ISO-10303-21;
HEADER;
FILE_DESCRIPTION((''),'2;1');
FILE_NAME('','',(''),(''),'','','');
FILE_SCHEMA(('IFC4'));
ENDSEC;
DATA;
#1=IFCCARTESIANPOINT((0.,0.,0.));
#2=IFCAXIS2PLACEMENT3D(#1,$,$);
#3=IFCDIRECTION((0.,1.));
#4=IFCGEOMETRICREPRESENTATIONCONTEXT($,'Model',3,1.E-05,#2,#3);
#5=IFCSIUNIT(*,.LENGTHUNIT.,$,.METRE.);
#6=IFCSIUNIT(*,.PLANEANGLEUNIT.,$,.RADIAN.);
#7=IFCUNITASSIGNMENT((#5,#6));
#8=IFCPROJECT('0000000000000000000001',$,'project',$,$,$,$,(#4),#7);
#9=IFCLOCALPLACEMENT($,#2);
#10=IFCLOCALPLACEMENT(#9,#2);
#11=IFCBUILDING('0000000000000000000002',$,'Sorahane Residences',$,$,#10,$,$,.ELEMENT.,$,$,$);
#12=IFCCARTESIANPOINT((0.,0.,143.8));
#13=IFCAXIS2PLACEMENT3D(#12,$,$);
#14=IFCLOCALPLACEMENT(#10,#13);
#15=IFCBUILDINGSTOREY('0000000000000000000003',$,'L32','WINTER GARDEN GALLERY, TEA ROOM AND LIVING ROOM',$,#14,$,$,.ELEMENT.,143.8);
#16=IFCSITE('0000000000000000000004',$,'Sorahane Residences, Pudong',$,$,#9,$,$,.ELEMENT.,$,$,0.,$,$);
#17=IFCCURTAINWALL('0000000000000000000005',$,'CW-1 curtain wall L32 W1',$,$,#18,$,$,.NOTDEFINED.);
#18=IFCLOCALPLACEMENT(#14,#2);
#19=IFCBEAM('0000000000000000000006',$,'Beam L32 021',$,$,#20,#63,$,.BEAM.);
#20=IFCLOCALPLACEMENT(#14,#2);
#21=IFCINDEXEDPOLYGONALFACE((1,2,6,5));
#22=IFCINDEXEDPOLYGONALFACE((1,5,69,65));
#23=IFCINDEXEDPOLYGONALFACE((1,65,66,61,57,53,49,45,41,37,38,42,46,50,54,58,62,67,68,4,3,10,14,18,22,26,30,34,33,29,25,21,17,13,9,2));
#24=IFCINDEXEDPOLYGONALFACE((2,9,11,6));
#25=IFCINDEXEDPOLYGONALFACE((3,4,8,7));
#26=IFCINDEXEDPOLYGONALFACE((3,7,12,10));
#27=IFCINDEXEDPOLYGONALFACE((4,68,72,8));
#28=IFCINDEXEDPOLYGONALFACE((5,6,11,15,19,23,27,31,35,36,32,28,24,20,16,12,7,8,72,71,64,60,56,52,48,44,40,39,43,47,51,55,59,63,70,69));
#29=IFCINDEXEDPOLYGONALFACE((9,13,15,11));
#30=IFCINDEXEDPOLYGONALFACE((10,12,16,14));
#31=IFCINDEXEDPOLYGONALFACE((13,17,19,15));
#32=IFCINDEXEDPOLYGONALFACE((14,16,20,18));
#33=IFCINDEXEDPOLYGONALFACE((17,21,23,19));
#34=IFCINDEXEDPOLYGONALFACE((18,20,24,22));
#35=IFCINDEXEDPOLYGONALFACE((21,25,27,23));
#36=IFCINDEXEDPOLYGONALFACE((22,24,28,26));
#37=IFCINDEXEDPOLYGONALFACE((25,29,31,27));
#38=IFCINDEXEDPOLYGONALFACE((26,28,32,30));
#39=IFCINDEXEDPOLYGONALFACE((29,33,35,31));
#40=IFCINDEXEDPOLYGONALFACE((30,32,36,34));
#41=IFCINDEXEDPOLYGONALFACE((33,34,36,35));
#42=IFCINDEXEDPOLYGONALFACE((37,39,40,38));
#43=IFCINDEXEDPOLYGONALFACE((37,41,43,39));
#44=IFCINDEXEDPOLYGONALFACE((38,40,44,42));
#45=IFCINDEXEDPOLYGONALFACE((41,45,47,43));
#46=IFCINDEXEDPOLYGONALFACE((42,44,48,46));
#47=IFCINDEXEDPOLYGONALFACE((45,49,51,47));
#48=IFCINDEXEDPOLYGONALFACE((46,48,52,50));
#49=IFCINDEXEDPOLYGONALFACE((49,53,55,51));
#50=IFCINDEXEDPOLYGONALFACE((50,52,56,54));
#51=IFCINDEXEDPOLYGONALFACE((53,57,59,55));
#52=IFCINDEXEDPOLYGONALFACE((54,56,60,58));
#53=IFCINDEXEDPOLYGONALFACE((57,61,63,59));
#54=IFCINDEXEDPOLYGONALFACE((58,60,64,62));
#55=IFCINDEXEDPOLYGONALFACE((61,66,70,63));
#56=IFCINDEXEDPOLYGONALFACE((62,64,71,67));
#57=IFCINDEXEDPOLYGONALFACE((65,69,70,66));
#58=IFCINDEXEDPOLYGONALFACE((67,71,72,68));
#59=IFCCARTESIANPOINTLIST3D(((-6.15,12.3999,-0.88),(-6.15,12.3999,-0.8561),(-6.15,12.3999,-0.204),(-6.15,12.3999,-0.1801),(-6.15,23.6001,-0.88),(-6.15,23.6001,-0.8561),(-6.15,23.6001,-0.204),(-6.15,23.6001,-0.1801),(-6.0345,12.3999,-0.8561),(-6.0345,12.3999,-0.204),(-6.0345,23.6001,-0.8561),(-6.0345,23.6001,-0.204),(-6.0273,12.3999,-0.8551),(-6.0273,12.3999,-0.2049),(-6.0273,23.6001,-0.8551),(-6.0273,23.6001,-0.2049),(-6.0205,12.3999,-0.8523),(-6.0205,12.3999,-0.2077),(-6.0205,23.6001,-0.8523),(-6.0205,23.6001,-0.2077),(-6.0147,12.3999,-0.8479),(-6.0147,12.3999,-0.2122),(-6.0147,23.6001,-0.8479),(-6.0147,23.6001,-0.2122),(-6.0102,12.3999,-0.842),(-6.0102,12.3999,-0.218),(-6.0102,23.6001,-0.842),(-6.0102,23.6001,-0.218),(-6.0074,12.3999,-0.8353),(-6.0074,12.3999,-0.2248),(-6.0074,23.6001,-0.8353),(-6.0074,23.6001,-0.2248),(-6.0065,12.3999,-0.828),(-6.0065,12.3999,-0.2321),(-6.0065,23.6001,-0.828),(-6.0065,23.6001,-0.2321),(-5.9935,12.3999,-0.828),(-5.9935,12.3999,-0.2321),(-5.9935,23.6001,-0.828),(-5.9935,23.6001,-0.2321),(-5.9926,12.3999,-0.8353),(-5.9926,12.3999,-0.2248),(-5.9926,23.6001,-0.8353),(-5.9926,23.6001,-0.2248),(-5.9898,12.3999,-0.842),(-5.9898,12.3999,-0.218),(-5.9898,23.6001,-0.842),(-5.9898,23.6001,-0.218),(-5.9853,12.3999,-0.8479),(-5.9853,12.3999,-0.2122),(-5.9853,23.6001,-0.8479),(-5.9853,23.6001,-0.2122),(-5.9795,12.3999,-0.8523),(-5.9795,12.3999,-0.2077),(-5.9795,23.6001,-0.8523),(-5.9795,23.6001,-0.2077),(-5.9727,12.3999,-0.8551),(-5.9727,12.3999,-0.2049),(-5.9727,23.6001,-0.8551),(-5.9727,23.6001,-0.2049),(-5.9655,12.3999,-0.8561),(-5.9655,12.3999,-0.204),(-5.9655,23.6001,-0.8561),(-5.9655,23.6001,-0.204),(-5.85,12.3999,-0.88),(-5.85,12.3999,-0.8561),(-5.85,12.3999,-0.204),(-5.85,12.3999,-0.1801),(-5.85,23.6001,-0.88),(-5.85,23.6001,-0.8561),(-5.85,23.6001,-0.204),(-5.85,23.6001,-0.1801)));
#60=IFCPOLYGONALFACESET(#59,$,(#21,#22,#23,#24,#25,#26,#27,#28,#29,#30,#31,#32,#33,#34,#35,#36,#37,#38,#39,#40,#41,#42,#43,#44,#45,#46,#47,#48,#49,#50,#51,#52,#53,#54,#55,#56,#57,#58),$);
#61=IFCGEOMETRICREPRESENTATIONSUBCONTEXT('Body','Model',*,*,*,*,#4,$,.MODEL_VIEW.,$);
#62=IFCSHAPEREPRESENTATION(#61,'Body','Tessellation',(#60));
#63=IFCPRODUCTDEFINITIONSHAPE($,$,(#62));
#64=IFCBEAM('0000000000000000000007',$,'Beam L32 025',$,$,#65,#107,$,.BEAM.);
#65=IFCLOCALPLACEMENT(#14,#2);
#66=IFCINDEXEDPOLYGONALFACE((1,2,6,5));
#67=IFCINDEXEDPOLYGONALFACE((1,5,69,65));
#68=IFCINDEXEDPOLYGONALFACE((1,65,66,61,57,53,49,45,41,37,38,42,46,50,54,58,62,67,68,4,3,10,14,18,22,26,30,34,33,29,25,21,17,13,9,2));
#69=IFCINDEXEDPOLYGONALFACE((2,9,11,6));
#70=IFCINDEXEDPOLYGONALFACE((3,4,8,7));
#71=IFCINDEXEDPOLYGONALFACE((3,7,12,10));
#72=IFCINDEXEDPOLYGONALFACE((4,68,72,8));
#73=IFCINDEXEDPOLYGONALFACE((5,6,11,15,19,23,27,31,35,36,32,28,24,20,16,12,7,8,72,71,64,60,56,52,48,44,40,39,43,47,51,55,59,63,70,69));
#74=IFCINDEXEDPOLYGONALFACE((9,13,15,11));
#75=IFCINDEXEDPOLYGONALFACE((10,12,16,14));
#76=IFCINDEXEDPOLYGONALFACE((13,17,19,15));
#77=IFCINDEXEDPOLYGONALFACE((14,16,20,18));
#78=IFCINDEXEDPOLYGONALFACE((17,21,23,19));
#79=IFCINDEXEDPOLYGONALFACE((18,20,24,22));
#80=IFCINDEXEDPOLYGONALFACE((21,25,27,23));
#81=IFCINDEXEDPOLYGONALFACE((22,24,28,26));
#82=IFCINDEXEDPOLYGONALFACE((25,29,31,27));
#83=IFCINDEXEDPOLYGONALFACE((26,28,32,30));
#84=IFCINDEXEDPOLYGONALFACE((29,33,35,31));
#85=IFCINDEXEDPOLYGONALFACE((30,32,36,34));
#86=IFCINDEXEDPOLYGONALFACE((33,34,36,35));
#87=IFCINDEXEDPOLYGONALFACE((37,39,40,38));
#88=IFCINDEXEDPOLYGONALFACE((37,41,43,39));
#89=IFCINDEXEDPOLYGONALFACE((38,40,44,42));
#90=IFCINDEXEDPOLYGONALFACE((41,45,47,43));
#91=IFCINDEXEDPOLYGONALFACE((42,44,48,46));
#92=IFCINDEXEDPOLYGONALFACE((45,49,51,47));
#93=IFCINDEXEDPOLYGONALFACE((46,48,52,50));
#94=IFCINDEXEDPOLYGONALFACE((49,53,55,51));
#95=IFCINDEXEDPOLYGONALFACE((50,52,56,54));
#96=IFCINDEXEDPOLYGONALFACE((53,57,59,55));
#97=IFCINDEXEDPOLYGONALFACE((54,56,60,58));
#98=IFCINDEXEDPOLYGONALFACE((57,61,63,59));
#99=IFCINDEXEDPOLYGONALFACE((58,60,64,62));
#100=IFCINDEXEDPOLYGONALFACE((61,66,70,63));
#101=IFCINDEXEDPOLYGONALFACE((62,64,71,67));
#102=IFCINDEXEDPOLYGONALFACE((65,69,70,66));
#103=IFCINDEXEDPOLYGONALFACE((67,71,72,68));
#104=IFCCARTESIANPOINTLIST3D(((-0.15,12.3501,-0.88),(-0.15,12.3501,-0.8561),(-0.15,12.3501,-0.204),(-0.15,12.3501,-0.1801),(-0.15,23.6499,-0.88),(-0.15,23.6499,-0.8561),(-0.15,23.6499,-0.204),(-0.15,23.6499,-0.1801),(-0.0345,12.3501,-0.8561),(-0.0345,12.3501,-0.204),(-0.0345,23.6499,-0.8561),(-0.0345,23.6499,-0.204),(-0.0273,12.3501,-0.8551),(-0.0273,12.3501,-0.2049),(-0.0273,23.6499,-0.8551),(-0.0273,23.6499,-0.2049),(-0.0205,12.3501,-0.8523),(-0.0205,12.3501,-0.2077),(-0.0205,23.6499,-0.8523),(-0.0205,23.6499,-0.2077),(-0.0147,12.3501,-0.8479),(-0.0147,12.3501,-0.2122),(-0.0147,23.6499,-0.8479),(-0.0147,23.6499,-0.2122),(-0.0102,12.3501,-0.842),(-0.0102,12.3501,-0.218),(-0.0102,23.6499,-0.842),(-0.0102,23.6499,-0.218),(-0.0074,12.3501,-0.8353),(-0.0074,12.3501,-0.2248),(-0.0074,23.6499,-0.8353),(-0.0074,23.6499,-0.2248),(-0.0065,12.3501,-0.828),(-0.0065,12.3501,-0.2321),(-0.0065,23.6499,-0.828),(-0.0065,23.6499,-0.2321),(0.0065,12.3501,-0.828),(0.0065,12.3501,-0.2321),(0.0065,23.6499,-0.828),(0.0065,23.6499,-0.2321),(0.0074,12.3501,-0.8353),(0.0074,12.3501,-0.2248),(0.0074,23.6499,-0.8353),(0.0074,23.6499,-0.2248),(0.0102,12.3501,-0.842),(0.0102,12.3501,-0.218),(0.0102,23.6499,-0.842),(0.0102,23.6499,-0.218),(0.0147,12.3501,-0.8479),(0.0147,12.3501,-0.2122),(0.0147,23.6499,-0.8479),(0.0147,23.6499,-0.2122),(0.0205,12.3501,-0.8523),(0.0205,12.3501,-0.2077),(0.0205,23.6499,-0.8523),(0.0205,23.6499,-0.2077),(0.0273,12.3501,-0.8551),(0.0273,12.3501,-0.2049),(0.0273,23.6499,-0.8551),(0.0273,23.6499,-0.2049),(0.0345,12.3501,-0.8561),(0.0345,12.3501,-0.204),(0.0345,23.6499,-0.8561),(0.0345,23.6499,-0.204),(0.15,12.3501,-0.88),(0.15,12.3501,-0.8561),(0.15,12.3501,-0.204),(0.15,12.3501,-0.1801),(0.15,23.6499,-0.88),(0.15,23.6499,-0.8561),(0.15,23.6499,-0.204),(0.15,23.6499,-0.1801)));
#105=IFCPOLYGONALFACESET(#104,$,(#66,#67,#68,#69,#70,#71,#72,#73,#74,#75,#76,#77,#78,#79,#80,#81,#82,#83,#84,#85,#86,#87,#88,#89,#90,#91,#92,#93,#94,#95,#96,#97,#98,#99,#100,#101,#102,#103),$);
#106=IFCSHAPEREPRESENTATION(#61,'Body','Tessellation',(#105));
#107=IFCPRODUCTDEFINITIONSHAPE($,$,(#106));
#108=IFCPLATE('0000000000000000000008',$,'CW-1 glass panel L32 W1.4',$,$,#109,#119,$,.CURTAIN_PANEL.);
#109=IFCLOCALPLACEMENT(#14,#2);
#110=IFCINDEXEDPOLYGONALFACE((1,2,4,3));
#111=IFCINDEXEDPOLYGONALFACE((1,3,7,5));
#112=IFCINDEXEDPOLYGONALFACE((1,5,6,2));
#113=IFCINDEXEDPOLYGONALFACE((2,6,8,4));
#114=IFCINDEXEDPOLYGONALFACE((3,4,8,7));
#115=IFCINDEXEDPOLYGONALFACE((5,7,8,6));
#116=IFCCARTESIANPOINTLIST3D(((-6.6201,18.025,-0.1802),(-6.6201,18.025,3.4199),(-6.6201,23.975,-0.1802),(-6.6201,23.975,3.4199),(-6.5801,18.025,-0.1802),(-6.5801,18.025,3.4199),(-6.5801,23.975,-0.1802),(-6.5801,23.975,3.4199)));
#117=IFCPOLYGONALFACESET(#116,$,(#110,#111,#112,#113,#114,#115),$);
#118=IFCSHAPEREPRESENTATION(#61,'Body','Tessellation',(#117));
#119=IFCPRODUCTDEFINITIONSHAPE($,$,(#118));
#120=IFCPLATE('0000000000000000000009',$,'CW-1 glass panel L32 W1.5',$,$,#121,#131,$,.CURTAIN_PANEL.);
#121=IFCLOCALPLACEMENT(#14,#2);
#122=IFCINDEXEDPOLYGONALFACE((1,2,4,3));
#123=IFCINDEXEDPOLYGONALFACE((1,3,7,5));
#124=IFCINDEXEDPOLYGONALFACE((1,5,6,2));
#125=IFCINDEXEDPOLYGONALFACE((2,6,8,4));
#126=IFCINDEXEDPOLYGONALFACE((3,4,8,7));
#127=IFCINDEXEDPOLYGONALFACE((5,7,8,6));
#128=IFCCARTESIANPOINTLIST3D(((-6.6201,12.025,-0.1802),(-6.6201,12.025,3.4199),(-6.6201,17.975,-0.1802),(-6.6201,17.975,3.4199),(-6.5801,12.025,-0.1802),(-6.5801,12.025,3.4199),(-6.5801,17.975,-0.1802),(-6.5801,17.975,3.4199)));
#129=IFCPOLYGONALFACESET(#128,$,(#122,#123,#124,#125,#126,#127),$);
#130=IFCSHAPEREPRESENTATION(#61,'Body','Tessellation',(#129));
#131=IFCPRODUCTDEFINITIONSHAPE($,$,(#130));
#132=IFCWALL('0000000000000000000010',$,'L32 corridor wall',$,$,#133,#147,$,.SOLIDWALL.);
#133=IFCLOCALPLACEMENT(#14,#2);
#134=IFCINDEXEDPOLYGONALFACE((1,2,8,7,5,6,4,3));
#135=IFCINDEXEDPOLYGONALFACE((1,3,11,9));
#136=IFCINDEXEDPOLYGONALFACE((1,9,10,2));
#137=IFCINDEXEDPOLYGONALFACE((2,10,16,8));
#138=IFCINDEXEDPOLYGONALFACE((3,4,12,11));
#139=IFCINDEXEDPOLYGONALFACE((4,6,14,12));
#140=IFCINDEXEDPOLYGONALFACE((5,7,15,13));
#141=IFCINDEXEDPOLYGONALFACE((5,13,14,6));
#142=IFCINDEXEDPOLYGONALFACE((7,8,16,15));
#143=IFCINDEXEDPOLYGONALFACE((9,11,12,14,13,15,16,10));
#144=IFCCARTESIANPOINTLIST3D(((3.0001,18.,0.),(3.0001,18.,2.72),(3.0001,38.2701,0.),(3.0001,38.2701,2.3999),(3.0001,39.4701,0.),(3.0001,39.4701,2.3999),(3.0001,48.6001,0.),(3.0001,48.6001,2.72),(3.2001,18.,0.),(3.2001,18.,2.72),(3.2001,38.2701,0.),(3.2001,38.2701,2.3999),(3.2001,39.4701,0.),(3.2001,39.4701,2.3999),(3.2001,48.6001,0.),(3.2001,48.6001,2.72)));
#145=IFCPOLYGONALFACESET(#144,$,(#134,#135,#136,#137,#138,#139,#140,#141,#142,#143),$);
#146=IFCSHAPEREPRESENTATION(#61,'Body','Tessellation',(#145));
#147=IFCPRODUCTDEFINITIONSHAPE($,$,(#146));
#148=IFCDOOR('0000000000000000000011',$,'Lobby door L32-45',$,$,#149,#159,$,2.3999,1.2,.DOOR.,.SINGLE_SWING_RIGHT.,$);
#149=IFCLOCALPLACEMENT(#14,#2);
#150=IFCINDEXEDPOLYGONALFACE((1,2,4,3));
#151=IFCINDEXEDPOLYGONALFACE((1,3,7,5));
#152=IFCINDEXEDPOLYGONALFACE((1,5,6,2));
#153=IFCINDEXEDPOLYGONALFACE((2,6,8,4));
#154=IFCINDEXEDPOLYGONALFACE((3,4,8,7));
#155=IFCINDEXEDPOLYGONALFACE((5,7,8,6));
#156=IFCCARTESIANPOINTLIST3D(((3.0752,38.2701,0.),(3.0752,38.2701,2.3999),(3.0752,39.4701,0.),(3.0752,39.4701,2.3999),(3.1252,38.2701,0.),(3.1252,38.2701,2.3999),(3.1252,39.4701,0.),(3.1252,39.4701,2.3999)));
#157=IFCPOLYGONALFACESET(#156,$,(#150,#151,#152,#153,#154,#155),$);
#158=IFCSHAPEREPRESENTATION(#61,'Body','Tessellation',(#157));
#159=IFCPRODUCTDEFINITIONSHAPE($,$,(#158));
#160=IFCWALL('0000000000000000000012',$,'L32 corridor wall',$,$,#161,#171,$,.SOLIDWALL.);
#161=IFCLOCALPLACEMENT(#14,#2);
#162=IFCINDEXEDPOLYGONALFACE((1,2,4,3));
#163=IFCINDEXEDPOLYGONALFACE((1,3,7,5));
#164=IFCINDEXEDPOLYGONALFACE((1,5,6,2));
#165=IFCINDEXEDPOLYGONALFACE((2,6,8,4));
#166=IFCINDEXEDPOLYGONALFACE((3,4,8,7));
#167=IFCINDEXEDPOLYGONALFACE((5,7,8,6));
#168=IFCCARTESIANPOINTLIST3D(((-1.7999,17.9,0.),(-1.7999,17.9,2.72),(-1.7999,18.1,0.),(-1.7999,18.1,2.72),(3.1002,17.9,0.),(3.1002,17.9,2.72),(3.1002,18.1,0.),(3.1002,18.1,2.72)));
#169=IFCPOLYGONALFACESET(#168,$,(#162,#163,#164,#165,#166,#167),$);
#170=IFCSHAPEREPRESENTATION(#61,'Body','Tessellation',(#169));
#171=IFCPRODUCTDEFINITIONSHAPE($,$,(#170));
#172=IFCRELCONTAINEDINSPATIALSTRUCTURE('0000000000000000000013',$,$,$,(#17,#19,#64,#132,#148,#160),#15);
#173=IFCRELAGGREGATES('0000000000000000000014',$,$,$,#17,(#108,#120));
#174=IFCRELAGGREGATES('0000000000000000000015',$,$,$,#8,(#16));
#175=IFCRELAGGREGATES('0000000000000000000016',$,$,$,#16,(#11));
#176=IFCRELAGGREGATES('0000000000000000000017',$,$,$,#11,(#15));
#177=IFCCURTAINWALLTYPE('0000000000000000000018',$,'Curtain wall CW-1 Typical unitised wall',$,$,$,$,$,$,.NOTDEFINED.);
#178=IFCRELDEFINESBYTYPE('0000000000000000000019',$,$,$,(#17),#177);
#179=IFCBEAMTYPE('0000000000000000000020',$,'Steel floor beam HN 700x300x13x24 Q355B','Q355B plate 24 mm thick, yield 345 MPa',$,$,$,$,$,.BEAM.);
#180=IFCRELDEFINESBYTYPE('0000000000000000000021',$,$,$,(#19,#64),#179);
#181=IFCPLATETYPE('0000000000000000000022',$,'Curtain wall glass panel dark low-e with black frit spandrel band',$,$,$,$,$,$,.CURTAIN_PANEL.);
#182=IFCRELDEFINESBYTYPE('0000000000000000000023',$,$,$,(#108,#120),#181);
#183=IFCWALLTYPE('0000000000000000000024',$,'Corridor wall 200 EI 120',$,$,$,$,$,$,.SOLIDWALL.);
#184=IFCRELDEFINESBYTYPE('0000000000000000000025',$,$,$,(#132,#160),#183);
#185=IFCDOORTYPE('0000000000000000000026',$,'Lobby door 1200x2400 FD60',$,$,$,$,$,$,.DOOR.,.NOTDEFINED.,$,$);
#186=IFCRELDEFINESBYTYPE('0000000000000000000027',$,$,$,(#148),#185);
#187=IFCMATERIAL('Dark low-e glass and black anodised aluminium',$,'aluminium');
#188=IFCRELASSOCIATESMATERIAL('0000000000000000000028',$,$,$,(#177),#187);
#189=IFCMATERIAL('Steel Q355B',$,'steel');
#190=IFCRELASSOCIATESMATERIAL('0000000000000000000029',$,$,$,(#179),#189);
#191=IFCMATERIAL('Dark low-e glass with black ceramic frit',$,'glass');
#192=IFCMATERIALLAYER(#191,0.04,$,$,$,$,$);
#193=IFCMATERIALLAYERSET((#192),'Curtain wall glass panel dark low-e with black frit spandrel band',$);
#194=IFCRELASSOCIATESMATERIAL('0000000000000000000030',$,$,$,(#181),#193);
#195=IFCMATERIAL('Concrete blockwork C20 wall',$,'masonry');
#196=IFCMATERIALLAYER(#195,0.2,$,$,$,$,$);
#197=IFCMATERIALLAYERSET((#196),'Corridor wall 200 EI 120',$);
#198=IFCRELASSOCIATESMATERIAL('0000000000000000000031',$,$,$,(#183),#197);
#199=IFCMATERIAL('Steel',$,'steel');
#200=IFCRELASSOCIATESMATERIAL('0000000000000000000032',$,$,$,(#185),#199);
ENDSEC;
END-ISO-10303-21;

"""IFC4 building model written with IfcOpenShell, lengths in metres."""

from ifc_helpers import new_model, si_unit, direction, frame, frame_2d, origin, origin_2d, place, context, subcontext, project, spatial, rectangle, i_section, extrude, material, layer, layer_set, material_profile, profile_set, type_object, element, fill, aggregate, save


model = new_model("IFC4")

# Units and contexts
model_context = context("Model", 3, precision=1e-05, world=origin(), true_north=direction((0.0, 1.0)))
body_context = subcontext(model_context, "Body", "Model", "MODEL_VIEW")
ifc_project = project(units=[si_unit("LENGTHUNIT", "METRE"), si_unit("PLANEANGLEUNIT", "RADIAN")], contexts=[model_context])

# Site, building, storey
site_placement = place(None, origin())
site = spatial("IfcSite", under=ifc_project, at=site_placement, Name="Sorahane Residences, Pudong", CompositionType="ELEMENT", RefElevation=0.0)
building_placement = place(site_placement, origin())
building = spatial("IfcBuilding", under=site, at=building_placement, Name="Sorahane Residences", CompositionType="ELEMENT")
storey_placement = place(building_placement, frame((0.0, 0.0, 143.8)))
storey = spatial("IfcBuildingStorey", under=building, at=storey_placement, Name="L32", Description="WINTER GARDEN GALLERY, TEA ROOM AND LIVING ROOM", CompositionType="ELEMENT", Elevation=143.8)

# Curtain wall
ifc_material_1 = material(Name="Dark low-e glass and black anodised aluminium", Category="aluminium")
curtain_wall_type = type_object("IfcCurtainWallType", Name="Curtain wall CW-1 Typical unitised wall", PredefinedType="NOTDEFINED", material=ifc_material_1)
curtain_wall_placement = place(storey_placement, origin())
curtain_wall = element("IfcCurtainWall", 1, at=curtain_wall_placement, inside=storey, type_object=curtain_wall_type, Name="CW-1 curtain wall L32 W1", PredefinedType="NOTDEFINED")

# Beams
ifc_material_2 = material(Name="Steel Q355B", Category="steel")
ifc_material_profile_1 = material_profile(ifc_material_2, i_section(OverallWidth=0.3, OverallDepth=0.7, WebThickness=0.0129, FlangeThickness=0.0239, FilletRadius=0.0281, at=origin_2d()), Name="HN 700x300x13x24")
ifc_profile_set_1 = profile_set([ifc_material_profile_1], Name="Steel Q355B")
beam_type_1 = type_object("IfcBeamType", Name="Steel floor beam HN 700x300x13x24 Q355B", Description="Q355B plate 24 mm thick, yield 345 MPa", PredefinedType="BEAM", material=ifc_profile_set_1)
beam_1_placement = place(storey_placement, frame((-6.0, 12.3999, -0.53), z_axis=(0.0, 1.0, 0.0), x_axis=(-1.0, 0.0, 0.0)))
element("IfcBeam", 2, at=beam_1_placement, inside=storey, type_object=beam_type_1, Name="Beam L32 021", PredefinedType="BEAM", context=body_context, shape_type="SweptSolid", body=[
    extrude(i_section(OverallWidth=0.3, OverallDepth=0.7, WebThickness=0.0129, FlangeThickness=0.0239, FilletRadius=0.0281, at=origin_2d()), origin(), (0.0, 0.0, 1.0), 11.2002),
])
beam_2_placement = place(storey_placement, frame((0.0, 12.3501, -0.53), z_axis=(0.0, 1.0, 0.0), x_axis=(-1.0, 0.0, 0.0)))
element("IfcBeam", 3, at=beam_2_placement, inside=storey, type_object=beam_type_1, Name="Beam L32 025", PredefinedType="BEAM", context=body_context, shape_type="SweptSolid", body=[
    extrude(i_section(OverallWidth=0.3, OverallDepth=0.7, WebThickness=0.0129, FlangeThickness=0.0239, FilletRadius=0.0281, at=origin_2d()), origin(), (0.0, 0.0, 1.0), 11.2998),
])

# Plates
ifc_material_3 = material(Name="Dark low-e glass with black ceramic frit", Category="glass")
ifc_layer_1 = layer(ifc_material_3, 0.04)
ifc_layer_set_1 = layer_set([ifc_layer_1], Name="Curtain wall glass panel dark low-e with black frit spandrel band")
plate_type = type_object("IfcPlateType", Name="Curtain wall glass panel dark low-e with black frit spandrel band", PredefinedType="CURTAIN_PANEL", material=ifc_layer_set_1)
plate_1_placement = place(storey_placement, frame((-6.6001, 21.0, -0.1802), z_axis=(0.0, 0.0, 1.0), x_axis=(0.0, -1.0, 0.0)))
plate_1 = element("IfcPlate", 4, at=plate_1_placement, type_object=plate_type, Name="CW-1 glass panel L32 W1.4", PredefinedType="CURTAIN_PANEL", context=body_context, shape_type="SweptSolid", body=[
    extrude(rectangle(XDim=5.95, YDim=0.04, at=origin_2d()), origin(), (0.0, 0.0, 1.0), 3.6001),
])
plate_2_placement = place(storey_placement, frame((-6.6001, 15.0, -0.1802), z_axis=(0.0, 0.0, 1.0), x_axis=(0.0, -1.0, 0.0)))
plate_2 = element("IfcPlate", 5, at=plate_2_placement, type_object=plate_type, Name="CW-1 glass panel L32 W1.5", PredefinedType="CURTAIN_PANEL", context=body_context, shape_type="SweptSolid", body=[
    extrude(rectangle(XDim=5.95, YDim=0.04, at=origin_2d()), origin(), (0.0, 0.0, 1.0), 3.6001),
])
aggregate(curtain_wall, [plate_1, plate_2])

# Wall, opening, door
ifc_material_4 = material(Name="Concrete blockwork C20 wall", Category="masonry")
ifc_layer_2 = layer(ifc_material_4, 0.2)
ifc_layer_set_2 = layer_set([ifc_layer_2], Name="Corridor wall 200 EI 120")
wall_type_1 = type_object("IfcWallType", Name="Corridor wall 200 EI 120", PredefinedType="SOLIDWALL", material=ifc_layer_set_2)
wall_1_placement = place(storey_placement, frame((3.1001, 18.0, 0.0), z_axis=(0.0, 0.0, 1.0), x_axis=(0.0, 1.0, 0.0)))
wall_1 = element("IfcWall", 6, at=wall_1_placement, inside=storey, type_object=wall_type_1, Name="L32 corridor wall", PredefinedType="SOLIDWALL", context=body_context, shape_type="SweptSolid", body=[
    extrude(rectangle(XDim=30.6001, YDim=0.2, at=frame_2d((15.3, 0.0))), origin(), (0.0, 0.0, 1.0), 2.72),
])
opening_1_placement = place(wall_1_placement, frame((20.27, 0.0, 0.0)))
opening_1 = element("IfcOpeningElement", 7, at=opening_1_placement, cuts=wall_1, PredefinedType="OPENING", context=body_context, shape_type="SweptSolid", body=[
    extrude(rectangle(XDim=1.2, YDim=2.3999, at=frame_2d((0.6001, 1.2))), frame((0.0, 0.1099, 0.0), z_axis=(0.0, -1.0, 0.0), x_axis=(1.0, 0.0, 0.0)), (0.0, 0.0, 1.0), 0.22),
])
ifc_material_5 = material(Name="Steel", Category="steel")
door_type_1 = type_object("IfcDoorType", Name="Lobby door 1200x2400 FD60", OperationType="NOTDEFINED", PredefinedType="DOOR", material=ifc_material_5)
door_1_placement = place(opening_1_placement, origin())
door_1 = element("IfcDoor", 8, at=door_1_placement, inside=storey, type_object=door_type_1, Name="Lobby door L32-45", OperationType="SINGLE_SWING_RIGHT", OverallHeight=2.3999, OverallWidth=1.2, PredefinedType="DOOR", context=body_context, shape_type="SweptSolid", body=[
    extrude(rectangle(XDim=1.2, YDim=2.3999, at=frame_2d((0.6001, 1.2))), frame((0.0, 0.0249, 0.0), z_axis=(0.0, -1.0, 0.0), x_axis=(1.0, 0.0, 0.0)), (0.0, 0.0, 1.0), 0.05),
])
fill(opening_1, door_1)

# Wall
wall_2_placement = place(storey_placement, frame((-1.8, 18.0, 0.0), z_axis=(0.0, 0.0, 1.0), x_axis=(1.0, 0.0, 0.0)))
element("IfcWall", 9, at=wall_2_placement, inside=storey, type_object=wall_type_1, Name="L32 corridor wall", PredefinedType="SOLIDWALL", context=body_context, shape_type="SweptSolid", body=[
    extrude(rectangle(XDim=4.9001, YDim=0.2, at=frame_2d((2.4502, 0.0))), origin(), (0.0, 0.0, 1.0), 2.72),
])

save(model, "model.ifc")
